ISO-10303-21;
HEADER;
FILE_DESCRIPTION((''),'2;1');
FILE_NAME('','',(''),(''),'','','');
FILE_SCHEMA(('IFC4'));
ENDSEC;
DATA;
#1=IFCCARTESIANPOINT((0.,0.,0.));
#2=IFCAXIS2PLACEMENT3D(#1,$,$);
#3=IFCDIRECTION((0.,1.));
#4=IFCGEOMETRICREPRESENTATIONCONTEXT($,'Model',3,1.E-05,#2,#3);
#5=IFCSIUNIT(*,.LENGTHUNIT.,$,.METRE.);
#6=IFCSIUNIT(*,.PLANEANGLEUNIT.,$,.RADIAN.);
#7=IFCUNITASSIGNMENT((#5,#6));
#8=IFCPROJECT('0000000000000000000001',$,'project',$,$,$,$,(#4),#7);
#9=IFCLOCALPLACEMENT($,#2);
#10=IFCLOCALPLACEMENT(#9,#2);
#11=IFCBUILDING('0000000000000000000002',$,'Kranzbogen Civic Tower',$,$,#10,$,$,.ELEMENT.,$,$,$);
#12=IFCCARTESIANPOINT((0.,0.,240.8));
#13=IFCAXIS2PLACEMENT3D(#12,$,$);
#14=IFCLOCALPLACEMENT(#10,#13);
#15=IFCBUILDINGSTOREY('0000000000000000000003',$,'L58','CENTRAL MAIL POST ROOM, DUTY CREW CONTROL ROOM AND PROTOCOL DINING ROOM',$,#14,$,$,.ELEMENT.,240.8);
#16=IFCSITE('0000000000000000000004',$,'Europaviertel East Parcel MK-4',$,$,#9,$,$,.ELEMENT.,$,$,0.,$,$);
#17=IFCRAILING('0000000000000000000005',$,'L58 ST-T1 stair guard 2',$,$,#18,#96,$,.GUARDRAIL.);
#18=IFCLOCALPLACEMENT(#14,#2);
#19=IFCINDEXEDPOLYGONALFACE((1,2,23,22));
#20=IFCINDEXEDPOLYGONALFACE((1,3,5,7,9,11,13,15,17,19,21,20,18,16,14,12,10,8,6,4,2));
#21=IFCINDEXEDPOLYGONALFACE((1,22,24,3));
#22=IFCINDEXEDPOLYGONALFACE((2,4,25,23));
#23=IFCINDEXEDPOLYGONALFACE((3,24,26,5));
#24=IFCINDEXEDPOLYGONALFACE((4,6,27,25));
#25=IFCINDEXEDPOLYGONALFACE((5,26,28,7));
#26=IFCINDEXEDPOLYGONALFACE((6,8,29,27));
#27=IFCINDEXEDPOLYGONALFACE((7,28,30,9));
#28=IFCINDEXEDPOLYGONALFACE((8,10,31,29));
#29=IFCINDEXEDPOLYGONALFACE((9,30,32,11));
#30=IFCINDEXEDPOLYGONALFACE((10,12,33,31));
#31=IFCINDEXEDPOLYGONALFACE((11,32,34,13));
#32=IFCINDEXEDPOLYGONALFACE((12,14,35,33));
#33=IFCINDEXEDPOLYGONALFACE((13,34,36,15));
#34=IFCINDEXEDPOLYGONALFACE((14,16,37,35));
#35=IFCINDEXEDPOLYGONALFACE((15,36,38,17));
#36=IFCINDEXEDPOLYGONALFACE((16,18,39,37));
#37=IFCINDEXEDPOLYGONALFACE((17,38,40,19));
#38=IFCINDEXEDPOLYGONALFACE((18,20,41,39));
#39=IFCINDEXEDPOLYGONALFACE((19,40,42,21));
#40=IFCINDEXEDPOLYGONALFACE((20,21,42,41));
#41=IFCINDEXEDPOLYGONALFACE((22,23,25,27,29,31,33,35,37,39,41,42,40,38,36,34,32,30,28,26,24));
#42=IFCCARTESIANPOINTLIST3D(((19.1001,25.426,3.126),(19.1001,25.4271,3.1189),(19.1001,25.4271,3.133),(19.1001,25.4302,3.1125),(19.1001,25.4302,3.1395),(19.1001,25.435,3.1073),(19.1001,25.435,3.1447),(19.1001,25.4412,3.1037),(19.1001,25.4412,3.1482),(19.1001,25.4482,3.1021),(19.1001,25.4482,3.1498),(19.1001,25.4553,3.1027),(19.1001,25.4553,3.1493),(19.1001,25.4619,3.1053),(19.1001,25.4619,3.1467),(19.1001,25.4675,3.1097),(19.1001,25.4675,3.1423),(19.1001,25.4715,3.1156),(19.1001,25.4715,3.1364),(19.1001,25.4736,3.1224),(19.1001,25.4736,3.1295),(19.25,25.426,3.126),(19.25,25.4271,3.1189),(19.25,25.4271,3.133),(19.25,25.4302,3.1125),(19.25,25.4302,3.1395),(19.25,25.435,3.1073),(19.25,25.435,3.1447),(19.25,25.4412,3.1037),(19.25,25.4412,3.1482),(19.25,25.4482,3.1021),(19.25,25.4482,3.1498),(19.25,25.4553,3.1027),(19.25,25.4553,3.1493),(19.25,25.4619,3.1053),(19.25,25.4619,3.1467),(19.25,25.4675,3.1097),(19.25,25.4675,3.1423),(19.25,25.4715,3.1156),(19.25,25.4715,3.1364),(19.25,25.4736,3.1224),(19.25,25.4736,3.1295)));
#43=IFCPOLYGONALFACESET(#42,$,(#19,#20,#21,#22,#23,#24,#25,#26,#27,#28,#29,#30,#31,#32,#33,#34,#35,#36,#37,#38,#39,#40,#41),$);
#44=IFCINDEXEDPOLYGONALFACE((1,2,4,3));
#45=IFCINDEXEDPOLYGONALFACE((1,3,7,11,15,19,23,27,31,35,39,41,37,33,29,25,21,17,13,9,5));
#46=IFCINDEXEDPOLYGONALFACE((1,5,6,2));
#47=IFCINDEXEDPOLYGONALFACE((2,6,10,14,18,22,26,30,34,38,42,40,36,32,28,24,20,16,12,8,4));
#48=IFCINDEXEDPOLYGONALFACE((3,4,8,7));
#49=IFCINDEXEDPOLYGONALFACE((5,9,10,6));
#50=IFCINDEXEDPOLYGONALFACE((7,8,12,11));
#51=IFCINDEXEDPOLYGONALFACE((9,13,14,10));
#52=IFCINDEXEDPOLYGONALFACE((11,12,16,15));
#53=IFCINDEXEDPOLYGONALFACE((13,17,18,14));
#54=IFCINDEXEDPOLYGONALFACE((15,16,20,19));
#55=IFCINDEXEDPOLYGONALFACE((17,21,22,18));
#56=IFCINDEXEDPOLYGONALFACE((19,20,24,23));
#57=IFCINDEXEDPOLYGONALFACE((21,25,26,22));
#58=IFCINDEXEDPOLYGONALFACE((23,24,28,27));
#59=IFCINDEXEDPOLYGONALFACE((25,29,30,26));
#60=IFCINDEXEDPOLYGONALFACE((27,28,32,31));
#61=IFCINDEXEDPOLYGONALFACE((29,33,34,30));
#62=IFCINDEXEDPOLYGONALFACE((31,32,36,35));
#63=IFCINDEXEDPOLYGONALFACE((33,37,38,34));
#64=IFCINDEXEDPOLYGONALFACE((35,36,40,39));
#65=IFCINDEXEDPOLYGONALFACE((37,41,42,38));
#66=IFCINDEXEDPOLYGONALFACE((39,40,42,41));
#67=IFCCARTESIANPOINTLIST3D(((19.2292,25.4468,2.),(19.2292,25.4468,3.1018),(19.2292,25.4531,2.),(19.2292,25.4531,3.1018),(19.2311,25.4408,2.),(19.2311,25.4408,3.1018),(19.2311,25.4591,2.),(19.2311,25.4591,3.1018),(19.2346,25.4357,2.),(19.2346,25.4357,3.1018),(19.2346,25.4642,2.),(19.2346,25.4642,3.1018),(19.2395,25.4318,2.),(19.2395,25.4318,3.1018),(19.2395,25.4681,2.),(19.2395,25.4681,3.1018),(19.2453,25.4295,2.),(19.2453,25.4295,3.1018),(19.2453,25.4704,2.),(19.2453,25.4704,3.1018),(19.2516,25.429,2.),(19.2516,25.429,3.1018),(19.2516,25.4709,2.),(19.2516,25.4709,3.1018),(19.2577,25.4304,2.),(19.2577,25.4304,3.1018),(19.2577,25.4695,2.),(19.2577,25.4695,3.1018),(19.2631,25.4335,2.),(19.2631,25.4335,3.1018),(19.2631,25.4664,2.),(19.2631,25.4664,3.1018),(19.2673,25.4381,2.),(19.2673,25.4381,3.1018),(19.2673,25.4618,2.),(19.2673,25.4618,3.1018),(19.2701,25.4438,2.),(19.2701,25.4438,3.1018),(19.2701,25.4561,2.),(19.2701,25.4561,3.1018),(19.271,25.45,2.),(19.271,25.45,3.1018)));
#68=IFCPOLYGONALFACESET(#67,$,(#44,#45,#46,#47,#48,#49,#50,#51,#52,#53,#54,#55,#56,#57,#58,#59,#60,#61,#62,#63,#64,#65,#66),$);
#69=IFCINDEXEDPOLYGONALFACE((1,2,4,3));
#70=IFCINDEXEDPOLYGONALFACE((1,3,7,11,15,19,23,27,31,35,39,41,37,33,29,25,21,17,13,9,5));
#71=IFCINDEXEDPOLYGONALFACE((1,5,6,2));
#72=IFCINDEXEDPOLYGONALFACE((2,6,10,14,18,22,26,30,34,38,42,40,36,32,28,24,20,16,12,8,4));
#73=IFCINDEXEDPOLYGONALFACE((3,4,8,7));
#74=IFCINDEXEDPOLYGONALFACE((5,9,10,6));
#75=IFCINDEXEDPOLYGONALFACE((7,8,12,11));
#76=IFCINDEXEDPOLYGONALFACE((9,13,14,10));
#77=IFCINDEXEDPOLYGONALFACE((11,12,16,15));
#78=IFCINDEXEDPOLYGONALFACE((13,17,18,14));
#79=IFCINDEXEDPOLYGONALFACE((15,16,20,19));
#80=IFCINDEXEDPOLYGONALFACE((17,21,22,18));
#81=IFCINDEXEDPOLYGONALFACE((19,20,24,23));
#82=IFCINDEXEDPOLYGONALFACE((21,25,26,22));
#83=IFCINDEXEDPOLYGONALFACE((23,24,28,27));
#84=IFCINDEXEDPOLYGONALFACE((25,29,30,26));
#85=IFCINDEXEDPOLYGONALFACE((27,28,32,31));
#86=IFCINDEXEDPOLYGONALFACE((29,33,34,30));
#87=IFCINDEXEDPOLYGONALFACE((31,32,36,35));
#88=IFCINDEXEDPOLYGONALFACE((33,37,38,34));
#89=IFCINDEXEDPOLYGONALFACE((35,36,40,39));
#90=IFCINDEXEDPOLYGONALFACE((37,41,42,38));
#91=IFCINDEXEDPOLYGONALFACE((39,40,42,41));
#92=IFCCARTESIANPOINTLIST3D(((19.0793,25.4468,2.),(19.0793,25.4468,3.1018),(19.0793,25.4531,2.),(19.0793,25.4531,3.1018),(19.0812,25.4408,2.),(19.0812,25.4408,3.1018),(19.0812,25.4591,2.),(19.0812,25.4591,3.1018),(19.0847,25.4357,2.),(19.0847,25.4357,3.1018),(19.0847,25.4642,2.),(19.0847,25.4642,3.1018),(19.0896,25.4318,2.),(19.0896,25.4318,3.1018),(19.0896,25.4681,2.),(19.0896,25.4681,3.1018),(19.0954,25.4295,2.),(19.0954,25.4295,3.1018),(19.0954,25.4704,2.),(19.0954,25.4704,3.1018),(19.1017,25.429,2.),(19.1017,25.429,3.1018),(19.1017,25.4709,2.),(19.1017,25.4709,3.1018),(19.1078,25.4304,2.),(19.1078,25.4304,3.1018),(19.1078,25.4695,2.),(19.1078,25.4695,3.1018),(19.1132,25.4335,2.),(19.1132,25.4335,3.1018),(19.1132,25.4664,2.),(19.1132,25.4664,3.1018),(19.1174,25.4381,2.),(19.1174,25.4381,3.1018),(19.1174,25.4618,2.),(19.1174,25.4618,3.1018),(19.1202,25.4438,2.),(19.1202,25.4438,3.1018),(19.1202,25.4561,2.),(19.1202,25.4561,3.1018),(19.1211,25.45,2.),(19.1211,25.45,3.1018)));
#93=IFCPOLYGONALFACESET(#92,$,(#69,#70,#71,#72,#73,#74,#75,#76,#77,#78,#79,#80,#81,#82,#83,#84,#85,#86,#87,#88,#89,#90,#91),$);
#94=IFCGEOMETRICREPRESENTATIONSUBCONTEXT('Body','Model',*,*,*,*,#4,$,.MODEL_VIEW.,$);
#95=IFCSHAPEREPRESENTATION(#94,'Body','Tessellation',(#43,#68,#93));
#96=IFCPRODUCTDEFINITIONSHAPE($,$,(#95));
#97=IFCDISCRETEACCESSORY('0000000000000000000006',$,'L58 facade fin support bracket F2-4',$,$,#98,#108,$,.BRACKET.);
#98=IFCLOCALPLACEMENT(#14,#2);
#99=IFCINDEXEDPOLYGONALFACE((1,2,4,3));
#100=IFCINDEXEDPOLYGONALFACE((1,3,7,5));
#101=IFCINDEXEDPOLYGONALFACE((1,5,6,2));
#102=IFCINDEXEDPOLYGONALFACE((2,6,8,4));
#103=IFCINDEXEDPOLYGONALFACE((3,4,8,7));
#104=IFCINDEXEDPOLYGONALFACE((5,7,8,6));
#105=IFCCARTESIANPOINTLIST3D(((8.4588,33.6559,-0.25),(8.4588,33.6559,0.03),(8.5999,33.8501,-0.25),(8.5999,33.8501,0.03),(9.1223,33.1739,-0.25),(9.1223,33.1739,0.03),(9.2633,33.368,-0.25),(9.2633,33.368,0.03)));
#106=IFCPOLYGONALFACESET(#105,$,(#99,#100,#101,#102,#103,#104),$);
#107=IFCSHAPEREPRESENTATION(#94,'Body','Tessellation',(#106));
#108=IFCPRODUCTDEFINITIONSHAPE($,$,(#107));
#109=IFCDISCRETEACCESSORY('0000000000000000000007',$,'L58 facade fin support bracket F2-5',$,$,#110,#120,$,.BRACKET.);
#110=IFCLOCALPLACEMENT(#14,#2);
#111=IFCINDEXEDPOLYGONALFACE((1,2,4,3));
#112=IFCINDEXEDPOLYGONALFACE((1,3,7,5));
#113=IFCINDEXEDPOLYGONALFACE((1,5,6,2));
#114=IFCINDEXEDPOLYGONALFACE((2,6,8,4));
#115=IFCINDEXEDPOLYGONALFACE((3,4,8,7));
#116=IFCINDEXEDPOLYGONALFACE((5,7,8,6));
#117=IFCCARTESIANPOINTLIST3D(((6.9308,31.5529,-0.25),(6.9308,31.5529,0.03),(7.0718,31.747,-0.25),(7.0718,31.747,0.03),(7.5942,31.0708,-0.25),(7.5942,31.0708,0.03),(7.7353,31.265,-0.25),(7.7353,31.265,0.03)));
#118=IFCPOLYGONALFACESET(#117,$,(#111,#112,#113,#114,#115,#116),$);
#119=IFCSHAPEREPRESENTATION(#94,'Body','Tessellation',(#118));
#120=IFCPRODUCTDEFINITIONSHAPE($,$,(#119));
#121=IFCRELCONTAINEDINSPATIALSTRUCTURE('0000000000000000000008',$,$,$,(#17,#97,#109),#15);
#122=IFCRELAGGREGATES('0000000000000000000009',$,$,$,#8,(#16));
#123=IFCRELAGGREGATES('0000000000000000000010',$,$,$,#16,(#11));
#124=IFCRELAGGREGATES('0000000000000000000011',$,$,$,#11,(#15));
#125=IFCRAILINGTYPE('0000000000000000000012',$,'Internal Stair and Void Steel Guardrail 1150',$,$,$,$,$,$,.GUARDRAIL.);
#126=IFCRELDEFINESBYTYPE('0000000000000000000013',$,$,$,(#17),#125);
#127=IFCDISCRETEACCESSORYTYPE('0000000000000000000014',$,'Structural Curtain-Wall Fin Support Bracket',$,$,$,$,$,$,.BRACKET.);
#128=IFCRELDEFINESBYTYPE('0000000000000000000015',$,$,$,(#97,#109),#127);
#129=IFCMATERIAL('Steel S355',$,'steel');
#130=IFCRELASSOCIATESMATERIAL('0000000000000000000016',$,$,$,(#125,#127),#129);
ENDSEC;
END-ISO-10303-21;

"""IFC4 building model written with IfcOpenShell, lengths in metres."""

from ifc_helpers import new_model, si_unit, direction, frame, origin, origin_2d, place, context, subcontext, project, spatial, rectangle, circle, extrude, material, type_object, element, save


model = new_model("IFC4")

# Units and contexts
model_context = context("Model", 3, precision=1e-05, world=origin(), true_north=direction((0.0, 1.0)))
body_context = subcontext(model_context, "Body", "Model", "MODEL_VIEW")
ifc_project = project(units=[si_unit("LENGTHUNIT", "METRE"), si_unit("PLANEANGLEUNIT", "RADIAN")], contexts=[model_context])

# Site, building, storey
site_placement = place(None, origin())
site = spatial("IfcSite", under=ifc_project, at=site_placement, Name="Europaviertel East Parcel MK-4", CompositionType="ELEMENT", RefElevation=0.0)
building_placement = place(site_placement, origin())
building = spatial("IfcBuilding", under=site, at=building_placement, Name="Kranzbogen Civic Tower", CompositionType="ELEMENT")
storey_placement = place(building_placement, frame((0.0, 0.0, 240.8)))
storey = spatial("IfcBuildingStorey", under=building, at=storey_placement, Name="L58", Description="CENTRAL MAIL POST ROOM, DUTY CREW CONTROL ROOM AND PROTOCOL DINING ROOM", CompositionType="ELEMENT", Elevation=240.8)

# Shared definitions
ifc_material_1 = material(Name="Steel S355", Category="steel")

# Railing
railing_type = type_object("IfcRailingType", Name="Internal Stair and Void Steel Guardrail 1150", PredefinedType="GUARDRAIL", material=ifc_material_1)
railing_placement = place(storey_placement, frame((19.25, 25.45, 2.0)))
element("IfcRailing", 1, at=railing_placement, inside=storey, type_object=railing_type, Name="L58 ST-T1 stair guard 2", PredefinedType="GUARDRAIL", context=body_context, shape_type="SweptSolid", body=[
    extrude(circle(Radius=0.0239, at=origin_2d()), frame((0.0, 0.0, 1.126), z_axis=(-1.0, 0.0, 0.0), x_axis=(0.0, -1.0, 0.0)), (0.0, 0.0, 1.0), 0.1499),
    extrude(circle(Radius=0.021, at=origin_2d()), origin(), (0.0, 0.0, 1.0), 1.1018),
    extrude(circle(Radius=0.021, at=origin_2d()), frame((-0.1499, 0.0, 0.0)), (0.0, 0.0, 1.0), 1.1018),
])

# Discrete accessories
discrete_accessory_type = type_object("IfcDiscreteAccessoryType", Name="Structural Curtain-Wall Fin Support Bracket", PredefinedType="BRACKET", material=ifc_material_1)
for number, where, z_axis, x_axis, name in (
    (2, (8.8611, 33.512, -0.25), (0.0, 0.0, 1.0), (-0.809017, 0.587785, 0.0), "L58 facade fin support bracket F2-4"),
    (3, (7.333, 31.4089, -0.25), (0.0, 0.0, 1.0), (-0.809017, 0.587785, 0.0), "L58 facade fin support bracket F2-5"),
):
    element("IfcDiscreteAccessory", number, at=place(storey_placement, frame(where, z_axis=z_axis, x_axis=x_axis)), inside=storey, type_object=discrete_accessory_type, Name=name, PredefinedType="BRACKET", context=body_context, shape_type="SweptSolid", body=[
        extrude(rectangle(XDim=0.8201, YDim=0.24, at=origin_2d()), origin(), (0.0, 0.0, 1.0), 0.28),
    ])

save(model, "model.ifc")
